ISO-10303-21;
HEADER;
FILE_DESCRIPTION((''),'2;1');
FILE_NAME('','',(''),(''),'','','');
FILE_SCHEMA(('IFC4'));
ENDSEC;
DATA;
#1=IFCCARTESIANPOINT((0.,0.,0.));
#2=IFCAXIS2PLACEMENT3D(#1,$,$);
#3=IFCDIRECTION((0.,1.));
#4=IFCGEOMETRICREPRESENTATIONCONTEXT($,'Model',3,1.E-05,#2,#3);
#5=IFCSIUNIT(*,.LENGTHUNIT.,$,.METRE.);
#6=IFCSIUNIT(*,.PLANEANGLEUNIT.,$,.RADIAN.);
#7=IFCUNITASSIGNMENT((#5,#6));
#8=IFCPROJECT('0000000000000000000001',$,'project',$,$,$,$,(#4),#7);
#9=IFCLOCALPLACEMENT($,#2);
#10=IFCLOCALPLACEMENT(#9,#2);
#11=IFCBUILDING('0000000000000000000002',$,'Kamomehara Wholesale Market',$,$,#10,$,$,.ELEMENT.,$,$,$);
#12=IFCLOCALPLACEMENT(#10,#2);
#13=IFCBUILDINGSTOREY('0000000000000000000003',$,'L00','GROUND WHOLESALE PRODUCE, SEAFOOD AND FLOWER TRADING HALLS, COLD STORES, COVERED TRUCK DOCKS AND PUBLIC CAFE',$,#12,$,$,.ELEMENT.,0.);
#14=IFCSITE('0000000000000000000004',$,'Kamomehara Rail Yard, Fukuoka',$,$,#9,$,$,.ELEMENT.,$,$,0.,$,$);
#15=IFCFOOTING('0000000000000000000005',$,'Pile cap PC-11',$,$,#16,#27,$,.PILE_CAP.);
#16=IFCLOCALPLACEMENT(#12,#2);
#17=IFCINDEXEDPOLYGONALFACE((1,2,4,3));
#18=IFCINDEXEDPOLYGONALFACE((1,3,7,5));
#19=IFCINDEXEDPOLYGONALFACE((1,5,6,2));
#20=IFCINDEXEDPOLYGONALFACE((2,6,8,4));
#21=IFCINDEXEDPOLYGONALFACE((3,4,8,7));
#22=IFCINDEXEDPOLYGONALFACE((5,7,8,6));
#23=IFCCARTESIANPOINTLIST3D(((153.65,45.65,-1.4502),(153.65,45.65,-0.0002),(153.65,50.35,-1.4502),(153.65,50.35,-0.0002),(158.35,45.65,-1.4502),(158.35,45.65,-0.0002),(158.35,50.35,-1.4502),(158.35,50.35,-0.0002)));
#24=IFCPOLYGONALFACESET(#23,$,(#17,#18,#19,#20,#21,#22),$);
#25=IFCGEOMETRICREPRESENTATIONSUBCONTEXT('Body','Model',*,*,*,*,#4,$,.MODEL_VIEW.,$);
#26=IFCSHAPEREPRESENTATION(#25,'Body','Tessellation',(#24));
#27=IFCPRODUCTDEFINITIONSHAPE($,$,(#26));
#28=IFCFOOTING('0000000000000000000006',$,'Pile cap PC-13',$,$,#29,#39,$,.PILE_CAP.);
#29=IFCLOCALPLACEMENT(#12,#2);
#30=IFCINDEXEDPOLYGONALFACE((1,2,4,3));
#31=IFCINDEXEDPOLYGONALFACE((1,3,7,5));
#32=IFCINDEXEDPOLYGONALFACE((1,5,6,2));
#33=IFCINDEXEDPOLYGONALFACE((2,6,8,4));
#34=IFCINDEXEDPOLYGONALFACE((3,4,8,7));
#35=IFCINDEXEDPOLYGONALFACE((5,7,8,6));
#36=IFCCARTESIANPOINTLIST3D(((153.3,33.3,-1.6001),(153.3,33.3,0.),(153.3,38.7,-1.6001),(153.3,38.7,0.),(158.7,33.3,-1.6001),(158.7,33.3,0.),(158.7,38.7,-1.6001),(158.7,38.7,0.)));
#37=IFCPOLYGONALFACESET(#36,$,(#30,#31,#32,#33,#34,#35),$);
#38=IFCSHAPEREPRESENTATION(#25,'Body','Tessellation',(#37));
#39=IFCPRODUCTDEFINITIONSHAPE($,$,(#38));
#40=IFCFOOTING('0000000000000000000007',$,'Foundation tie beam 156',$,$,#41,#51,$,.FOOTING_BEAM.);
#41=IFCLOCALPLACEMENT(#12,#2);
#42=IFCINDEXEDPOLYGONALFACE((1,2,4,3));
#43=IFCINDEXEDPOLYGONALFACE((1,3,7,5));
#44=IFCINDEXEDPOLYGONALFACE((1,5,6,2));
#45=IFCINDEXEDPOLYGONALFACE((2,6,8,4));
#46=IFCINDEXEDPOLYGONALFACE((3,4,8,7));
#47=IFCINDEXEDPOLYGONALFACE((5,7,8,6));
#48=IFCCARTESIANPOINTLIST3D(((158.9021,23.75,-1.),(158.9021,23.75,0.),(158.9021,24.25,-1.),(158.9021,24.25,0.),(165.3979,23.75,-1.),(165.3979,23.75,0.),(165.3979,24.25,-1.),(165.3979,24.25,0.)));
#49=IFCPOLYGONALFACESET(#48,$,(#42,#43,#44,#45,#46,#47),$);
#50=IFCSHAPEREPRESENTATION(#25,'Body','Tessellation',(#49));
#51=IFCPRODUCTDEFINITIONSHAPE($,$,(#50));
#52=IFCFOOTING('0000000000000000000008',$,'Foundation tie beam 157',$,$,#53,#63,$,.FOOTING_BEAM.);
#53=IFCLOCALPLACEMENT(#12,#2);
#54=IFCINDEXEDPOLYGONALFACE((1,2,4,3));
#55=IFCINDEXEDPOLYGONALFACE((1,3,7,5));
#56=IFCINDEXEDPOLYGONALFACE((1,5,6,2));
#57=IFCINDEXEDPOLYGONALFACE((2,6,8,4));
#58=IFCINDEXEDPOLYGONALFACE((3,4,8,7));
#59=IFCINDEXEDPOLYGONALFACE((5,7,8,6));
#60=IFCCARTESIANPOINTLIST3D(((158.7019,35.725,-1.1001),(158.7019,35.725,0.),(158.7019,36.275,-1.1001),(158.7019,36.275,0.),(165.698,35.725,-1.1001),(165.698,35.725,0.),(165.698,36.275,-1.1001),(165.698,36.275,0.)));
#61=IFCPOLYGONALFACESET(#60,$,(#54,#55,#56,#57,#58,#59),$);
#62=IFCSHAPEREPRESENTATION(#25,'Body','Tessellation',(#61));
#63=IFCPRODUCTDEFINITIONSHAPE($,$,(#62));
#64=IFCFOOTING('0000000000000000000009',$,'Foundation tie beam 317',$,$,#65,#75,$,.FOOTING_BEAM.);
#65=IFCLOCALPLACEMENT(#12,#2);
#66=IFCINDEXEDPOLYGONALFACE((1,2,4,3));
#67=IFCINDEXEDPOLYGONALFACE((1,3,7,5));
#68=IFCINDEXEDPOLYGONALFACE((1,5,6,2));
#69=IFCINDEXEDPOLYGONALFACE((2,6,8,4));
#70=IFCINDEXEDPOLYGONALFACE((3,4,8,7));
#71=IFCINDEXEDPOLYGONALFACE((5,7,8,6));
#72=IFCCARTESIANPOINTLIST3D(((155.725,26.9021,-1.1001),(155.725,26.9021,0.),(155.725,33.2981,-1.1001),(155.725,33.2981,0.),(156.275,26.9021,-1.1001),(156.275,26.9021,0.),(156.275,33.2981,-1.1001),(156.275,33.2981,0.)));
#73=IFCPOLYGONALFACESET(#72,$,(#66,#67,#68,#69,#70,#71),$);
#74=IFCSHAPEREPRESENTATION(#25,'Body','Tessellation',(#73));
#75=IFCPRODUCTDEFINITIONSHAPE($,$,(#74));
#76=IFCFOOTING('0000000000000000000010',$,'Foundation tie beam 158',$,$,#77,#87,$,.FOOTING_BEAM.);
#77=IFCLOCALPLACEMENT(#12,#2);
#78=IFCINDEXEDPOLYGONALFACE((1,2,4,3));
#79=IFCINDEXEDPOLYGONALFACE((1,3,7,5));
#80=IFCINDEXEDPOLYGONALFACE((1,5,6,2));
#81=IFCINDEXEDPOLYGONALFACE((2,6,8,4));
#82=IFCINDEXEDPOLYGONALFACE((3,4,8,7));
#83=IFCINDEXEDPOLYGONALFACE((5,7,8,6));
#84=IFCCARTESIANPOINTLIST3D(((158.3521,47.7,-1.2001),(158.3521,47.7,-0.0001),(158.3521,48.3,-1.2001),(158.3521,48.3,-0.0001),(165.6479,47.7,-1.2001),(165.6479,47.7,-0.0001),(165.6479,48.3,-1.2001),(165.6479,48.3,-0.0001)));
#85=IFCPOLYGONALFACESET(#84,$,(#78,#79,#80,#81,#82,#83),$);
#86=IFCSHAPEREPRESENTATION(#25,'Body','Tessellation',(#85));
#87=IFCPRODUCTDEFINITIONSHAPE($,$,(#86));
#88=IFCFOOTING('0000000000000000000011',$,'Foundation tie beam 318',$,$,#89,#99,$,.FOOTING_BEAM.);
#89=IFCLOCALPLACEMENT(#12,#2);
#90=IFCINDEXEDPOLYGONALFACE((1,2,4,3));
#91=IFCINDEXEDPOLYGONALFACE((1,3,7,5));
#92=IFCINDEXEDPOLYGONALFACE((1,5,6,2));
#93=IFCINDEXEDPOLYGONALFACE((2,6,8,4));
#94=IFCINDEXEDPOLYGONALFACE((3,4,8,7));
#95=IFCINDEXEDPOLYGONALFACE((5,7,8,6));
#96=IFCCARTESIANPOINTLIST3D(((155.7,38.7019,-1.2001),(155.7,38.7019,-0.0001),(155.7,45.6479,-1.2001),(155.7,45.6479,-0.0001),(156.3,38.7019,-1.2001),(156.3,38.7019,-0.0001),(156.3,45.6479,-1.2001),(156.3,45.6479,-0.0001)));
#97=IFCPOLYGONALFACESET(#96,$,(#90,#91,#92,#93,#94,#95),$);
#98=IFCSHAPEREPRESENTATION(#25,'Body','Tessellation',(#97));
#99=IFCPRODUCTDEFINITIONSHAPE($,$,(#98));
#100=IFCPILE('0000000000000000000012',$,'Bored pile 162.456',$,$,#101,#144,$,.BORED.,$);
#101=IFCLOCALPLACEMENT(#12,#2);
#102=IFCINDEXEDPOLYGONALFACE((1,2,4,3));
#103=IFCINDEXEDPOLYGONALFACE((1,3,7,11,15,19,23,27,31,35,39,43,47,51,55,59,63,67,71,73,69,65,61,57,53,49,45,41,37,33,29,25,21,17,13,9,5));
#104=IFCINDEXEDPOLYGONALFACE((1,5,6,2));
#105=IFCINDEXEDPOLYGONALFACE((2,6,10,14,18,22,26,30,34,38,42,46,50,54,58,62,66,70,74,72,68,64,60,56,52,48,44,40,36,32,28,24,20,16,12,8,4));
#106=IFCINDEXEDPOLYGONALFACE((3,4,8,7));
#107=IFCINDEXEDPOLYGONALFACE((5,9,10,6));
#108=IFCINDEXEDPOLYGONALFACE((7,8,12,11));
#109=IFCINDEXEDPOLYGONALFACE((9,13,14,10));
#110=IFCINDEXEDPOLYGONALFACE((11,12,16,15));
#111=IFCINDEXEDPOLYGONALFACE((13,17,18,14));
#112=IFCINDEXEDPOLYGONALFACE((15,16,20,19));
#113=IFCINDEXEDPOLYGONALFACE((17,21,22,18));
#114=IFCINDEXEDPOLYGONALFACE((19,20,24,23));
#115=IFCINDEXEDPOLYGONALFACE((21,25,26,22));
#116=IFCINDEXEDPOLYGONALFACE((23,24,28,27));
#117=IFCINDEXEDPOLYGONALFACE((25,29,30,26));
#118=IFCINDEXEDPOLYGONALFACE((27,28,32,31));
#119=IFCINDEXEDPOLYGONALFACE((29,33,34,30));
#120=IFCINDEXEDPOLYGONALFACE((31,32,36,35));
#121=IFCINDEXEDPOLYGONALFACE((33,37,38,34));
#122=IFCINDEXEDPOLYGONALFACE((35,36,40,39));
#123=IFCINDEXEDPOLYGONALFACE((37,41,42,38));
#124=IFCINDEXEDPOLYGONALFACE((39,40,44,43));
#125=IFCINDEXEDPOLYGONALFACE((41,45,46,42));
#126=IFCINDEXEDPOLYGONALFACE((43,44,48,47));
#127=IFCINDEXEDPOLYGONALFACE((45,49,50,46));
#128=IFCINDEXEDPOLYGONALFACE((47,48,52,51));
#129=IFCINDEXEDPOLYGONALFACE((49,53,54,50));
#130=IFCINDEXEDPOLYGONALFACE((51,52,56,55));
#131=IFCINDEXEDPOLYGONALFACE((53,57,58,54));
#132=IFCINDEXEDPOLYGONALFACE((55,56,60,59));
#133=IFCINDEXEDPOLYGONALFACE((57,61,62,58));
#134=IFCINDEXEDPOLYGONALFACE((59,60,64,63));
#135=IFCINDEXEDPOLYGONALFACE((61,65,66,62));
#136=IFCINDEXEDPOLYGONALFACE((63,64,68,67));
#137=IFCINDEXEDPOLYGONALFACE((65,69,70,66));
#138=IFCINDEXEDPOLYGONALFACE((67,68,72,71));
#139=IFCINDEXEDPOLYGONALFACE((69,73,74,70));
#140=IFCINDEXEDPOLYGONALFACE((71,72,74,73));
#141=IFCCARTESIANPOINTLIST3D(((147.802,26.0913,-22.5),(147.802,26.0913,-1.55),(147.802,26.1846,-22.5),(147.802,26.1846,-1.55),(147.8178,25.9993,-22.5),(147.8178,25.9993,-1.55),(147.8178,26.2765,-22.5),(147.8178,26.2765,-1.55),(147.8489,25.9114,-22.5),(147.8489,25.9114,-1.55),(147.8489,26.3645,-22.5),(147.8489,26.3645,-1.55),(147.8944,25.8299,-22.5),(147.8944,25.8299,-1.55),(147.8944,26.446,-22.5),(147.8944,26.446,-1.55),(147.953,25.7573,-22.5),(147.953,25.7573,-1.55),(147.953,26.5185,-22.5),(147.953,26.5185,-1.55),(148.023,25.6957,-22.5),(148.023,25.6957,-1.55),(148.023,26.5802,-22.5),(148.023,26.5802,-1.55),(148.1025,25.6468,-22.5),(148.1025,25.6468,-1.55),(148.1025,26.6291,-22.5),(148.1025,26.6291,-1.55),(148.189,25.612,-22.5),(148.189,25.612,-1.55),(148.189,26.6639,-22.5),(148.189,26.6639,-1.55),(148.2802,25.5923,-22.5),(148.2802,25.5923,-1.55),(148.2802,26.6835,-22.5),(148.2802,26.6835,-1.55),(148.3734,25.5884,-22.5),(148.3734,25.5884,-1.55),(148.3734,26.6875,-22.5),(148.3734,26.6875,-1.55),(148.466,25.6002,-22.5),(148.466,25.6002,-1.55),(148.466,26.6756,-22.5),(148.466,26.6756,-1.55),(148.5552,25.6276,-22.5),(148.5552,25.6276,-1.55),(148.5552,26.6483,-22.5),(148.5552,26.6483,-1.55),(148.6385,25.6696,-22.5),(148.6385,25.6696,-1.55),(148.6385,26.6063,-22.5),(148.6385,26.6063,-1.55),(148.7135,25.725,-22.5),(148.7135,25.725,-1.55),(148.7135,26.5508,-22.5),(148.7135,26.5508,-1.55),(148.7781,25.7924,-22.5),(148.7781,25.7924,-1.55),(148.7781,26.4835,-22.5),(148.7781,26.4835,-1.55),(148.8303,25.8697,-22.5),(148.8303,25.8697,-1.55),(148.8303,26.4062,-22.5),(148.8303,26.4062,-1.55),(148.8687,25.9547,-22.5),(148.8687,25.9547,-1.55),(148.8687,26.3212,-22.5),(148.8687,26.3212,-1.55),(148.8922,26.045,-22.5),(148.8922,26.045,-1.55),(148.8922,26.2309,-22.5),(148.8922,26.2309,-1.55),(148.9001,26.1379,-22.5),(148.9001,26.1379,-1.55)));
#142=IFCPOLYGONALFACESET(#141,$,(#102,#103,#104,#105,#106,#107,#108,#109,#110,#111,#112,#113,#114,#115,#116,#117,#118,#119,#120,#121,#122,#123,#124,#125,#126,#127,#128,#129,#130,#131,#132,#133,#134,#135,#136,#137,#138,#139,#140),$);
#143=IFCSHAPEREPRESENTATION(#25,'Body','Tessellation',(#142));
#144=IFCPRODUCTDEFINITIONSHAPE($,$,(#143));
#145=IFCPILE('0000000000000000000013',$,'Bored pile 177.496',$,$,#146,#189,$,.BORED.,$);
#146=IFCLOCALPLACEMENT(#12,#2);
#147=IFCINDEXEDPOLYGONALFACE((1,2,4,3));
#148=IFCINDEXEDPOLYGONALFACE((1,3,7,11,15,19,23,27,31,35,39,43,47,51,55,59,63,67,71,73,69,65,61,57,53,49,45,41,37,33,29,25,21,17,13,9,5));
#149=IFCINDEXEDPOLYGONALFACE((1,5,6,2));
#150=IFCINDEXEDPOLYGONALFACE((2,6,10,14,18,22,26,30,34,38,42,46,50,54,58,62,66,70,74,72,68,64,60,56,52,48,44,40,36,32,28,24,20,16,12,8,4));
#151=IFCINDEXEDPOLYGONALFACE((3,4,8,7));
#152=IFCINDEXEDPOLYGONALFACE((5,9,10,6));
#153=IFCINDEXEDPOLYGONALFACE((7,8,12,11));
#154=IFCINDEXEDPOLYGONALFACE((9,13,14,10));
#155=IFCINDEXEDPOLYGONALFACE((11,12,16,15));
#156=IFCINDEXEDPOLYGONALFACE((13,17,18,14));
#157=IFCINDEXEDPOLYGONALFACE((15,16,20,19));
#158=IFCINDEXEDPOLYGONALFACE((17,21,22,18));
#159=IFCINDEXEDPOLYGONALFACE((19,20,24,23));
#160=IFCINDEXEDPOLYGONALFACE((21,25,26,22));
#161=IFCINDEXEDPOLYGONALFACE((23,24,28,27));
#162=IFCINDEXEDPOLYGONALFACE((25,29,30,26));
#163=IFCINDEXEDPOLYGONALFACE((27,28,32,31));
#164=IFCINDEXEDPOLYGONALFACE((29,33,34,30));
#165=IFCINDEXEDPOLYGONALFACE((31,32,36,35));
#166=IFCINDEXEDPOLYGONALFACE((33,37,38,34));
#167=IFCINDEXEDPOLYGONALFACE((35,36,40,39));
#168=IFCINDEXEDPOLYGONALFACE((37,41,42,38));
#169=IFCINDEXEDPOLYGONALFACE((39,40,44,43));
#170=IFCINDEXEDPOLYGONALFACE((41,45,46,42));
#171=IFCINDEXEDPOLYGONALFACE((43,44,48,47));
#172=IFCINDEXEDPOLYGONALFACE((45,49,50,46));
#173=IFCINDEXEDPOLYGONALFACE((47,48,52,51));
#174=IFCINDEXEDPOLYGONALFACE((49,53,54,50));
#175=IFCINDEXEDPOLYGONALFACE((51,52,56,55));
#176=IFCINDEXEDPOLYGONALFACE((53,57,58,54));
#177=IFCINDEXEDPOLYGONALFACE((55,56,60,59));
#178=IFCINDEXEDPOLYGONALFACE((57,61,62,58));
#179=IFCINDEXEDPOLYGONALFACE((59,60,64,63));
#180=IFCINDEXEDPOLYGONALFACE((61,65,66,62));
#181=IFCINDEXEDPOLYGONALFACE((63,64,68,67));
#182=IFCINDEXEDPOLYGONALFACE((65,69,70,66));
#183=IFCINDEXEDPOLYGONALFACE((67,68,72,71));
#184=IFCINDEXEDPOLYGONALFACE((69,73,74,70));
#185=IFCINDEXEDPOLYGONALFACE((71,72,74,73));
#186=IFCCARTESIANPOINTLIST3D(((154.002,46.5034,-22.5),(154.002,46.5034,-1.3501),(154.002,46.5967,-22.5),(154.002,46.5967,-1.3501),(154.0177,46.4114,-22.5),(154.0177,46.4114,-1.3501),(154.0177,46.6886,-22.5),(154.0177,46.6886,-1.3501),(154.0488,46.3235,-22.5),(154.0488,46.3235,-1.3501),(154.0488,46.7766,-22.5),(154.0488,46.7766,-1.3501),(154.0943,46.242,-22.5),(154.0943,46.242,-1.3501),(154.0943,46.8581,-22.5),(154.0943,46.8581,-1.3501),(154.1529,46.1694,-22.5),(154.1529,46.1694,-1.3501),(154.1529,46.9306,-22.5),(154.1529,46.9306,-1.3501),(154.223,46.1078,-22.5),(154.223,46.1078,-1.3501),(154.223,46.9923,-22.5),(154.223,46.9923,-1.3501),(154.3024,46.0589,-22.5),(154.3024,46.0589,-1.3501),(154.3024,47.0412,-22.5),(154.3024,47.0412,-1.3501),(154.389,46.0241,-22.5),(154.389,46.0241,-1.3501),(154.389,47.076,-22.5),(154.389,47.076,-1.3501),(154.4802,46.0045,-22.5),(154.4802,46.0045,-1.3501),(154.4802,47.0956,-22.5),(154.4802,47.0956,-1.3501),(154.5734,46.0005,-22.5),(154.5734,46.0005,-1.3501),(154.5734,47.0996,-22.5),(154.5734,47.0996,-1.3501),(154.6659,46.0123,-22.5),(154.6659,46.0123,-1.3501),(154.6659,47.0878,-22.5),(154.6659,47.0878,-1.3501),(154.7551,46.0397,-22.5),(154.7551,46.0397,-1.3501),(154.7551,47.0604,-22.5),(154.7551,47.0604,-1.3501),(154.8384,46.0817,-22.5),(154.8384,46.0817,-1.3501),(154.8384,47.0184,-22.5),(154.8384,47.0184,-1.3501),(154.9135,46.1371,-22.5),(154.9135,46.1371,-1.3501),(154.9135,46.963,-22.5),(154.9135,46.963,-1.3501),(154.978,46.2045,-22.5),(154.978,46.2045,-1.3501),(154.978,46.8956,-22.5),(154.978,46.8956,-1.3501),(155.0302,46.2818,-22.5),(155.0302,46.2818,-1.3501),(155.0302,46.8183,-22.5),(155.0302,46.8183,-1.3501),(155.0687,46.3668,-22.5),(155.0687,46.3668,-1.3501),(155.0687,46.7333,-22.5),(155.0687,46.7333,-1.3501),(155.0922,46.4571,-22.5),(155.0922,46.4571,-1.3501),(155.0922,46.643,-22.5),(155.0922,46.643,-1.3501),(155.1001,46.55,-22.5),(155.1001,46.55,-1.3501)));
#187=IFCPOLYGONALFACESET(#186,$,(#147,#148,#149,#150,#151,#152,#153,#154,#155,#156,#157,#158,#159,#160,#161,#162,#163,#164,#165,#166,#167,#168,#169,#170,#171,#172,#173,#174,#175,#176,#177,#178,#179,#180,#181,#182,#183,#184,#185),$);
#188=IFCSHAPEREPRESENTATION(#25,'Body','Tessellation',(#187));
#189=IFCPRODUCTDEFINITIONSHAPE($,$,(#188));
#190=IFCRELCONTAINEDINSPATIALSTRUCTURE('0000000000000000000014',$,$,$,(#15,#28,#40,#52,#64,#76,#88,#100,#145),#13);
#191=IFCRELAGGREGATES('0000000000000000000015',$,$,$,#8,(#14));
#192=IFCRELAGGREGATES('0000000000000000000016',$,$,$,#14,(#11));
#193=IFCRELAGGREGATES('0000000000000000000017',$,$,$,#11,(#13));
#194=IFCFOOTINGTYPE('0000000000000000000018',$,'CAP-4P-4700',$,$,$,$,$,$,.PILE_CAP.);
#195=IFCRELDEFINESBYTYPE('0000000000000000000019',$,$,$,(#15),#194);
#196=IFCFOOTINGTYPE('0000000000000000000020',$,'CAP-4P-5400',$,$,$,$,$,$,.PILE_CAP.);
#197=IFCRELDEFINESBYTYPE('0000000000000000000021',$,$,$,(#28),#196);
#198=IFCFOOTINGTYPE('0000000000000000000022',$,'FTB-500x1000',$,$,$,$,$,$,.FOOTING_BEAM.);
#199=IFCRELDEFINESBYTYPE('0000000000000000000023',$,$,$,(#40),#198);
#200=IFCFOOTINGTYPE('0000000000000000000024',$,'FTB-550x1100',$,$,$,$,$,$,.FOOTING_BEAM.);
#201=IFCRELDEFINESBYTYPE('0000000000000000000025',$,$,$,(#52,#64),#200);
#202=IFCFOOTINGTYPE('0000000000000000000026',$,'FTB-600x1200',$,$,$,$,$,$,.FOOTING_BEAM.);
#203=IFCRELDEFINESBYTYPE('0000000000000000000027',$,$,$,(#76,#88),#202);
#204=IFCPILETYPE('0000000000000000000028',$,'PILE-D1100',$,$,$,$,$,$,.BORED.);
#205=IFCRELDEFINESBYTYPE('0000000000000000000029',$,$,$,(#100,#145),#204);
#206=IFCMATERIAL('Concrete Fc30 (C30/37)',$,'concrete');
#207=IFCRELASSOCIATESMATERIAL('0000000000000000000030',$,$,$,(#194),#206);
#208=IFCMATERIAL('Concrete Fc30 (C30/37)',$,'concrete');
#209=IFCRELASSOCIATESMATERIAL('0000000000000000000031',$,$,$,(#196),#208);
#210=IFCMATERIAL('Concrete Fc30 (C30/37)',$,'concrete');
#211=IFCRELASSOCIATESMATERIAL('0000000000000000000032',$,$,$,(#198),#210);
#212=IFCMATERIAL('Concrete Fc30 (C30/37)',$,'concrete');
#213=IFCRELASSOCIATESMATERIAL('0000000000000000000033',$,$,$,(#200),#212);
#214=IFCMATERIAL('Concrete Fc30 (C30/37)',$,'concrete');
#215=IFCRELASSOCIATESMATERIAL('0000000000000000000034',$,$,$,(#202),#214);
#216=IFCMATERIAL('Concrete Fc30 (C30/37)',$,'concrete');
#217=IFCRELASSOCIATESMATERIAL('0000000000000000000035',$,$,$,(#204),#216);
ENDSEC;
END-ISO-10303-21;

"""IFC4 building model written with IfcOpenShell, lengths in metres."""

from ifc_helpers import new_model, si_unit, direction, frame, origin, origin_2d, place, context, subcontext, project, spatial, rectangle, circle, extrude, material, material_profile, profile_set, type_object, element, save


model = new_model("IFC4")

# Units and contexts
model_context = context("Model", 3, precision=1e-05, world=origin(), true_north=direction((0.0, 1.0)))
body_context = subcontext(model_context, "Body", "Model", "MODEL_VIEW")
ifc_project = project(units=[si_unit("LENGTHUNIT", "METRE"), si_unit("PLANEANGLEUNIT", "RADIAN")], contexts=[model_context])

# Site, building, storey
site_placement = place(None, origin())
site = spatial("IfcSite", under=ifc_project, at=site_placement, Name="Kamomehara Rail Yard, Fukuoka", CompositionType="ELEMENT", RefElevation=0.0)
building_placement = place(site_placement, origin())
building = spatial("IfcBuilding", under=site, at=building_placement, Name="Kamomehara Wholesale Market", CompositionType="ELEMENT")
storey_placement = place(building_placement, origin())
storey = spatial("IfcBuildingStorey", under=building, at=storey_placement, Name="L00", Description="GROUND WHOLESALE PRODUCE, SEAFOOD AND FLOWER TRADING HALLS, COLD STORES, COVERED TRUCK DOCKS AND PUBLIC CAFE", CompositionType="ELEMENT", Elevation=0.0)

# Footings
ifc_material_1 = material(Name="Concrete Fc30 (C30/37)", Category="concrete")
footing_type_1 = type_object("IfcFootingType", Name="CAP-4P-4700", PredefinedType="PILE_CAP", material=ifc_material_1)
footing_1_placement = place(storey_placement, frame((156.0, 48.0, -1.4502), z_axis=(0.0, 0.0, 1.0), x_axis=(1.0, 0.0, 0.0)))
element("IfcFooting", 1, at=footing_1_placement, inside=storey, type_object=footing_type_1, Name="Pile cap PC-11", PredefinedType="PILE_CAP", context=body_context, shape_type="SweptSolid", body=[
    extrude(rectangle(XDim=4.7, YDim=4.7, at=origin_2d()), origin(), (0.0, 0.0, 1.0), 1.45),
])
ifc_material_2 = material(Name="Concrete Fc30 (C30/37)", Category="concrete")
footing_type_2 = type_object("IfcFootingType", Name="CAP-4P-5400", PredefinedType="PILE_CAP", material=ifc_material_2)
footing_2_placement = place(storey_placement, frame((156.0, 36.0, -1.6001), z_axis=(0.0, 0.0, 1.0), x_axis=(1.0, 0.0, 0.0)))
element("IfcFooting", 2, at=footing_2_placement, inside=storey, type_object=footing_type_2, Name="Pile cap PC-13", PredefinedType="PILE_CAP", context=body_context, shape_type="SweptSolid", body=[
    extrude(rectangle(XDim=5.3999, YDim=5.3999, at=origin_2d()), origin(), (0.0, 0.0, 1.0), 1.6001),
])
ifc_material_3 = material(Name="Concrete Fc30 (C30/37)", Category="concrete")
ifc_material_profile_1 = material_profile(ifc_material_3, rectangle(XDim=0.5, YDim=1.0, at=origin_2d()), Name="RC-FTB-500x1000")
ifc_profile_set_1 = profile_set([ifc_material_profile_1], Name="Concrete Fc30 (C30/37)")
footing_type_3 = type_object("IfcFootingType", Name="FTB-500x1000", PredefinedType="FOOTING_BEAM", material=ifc_profile_set_1)
footing_3_placement = place(storey_placement, frame((158.9021, 24.0, -0.5), z_axis=(1.0, 0.0, 0.0), x_axis=(0.0, 1.0, 0.0)))
element("IfcFooting", 3, at=footing_3_placement, inside=storey, type_object=footing_type_3, Name="Foundation tie beam 156", PredefinedType="FOOTING_BEAM", context=body_context, shape_type="SweptSolid", body=[
    extrude(rectangle(XDim=0.5, YDim=1.0, at=origin_2d()), origin(), (0.0, 0.0, 1.0), 6.4958),
])
ifc_material_4 = material(Name="Concrete Fc30 (C30/37)", Category="concrete")
ifc_material_profile_2 = material_profile(ifc_material_4, rectangle(XDim=0.55, YDim=1.1001, at=origin_2d()), Name="RC-FTB-550x1100")
ifc_profile_set_2 = profile_set([ifc_material_profile_2], Name="Concrete Fc30 (C30/37)")
footing_type_4 = type_object("IfcFootingType", Name="FTB-550x1100", PredefinedType="FOOTING_BEAM", material=ifc_profile_set_2)
footing_4_placement = place(storey_placement, frame((158.7019, 36.0, -0.55), z_axis=(1.0, 0.0, 0.0), x_axis=(0.0, 1.0, 0.0)))
element("IfcFooting", 4, at=footing_4_placement, inside=storey, type_object=footing_type_4, Name="Foundation tie beam 157", PredefinedType="FOOTING_BEAM", context=body_context, shape_type="SweptSolid", body=[
    extrude(rectangle(XDim=0.55, YDim=1.1001, at=origin_2d()), origin(), (0.0, 0.0, 1.0), 6.9961),
])
footing_5_placement = place(storey_placement, frame((156.0, 26.9021, -0.55), z_axis=(0.0, 1.0, 0.0), x_axis=(-1.0, 0.0, 0.0)))
element("IfcFooting", 5, at=footing_5_placement, inside=storey, type_object=footing_type_4, Name="Foundation tie beam 317", PredefinedType="FOOTING_BEAM", context=body_context, shape_type="SweptSolid", body=[
    extrude(rectangle(XDim=0.55, YDim=1.1001, at=origin_2d()), origin(), (0.0, 0.0, 1.0), 6.396),
])
ifc_material_5 = material(Name="Concrete Fc30 (C30/37)", Category="concrete")
ifc_material_profile_3 = material_profile(ifc_material_5, rectangle(XDim=0.6001, YDim=1.2, at=origin_2d()), Name="RC-FTB-600x1200")
ifc_profile_set_3 = profile_set([ifc_material_profile_3], Name="Concrete Fc30 (C30/37)")
footing_type_5 = type_object("IfcFootingType", Name="FTB-600x1200", PredefinedType="FOOTING_BEAM", material=ifc_profile_set_3)
footing_6_placement = place(storey_placement, frame((158.3521, 48.0, -0.6001), z_axis=(1.0, 0.0, 0.0), x_axis=(0.0, 1.0, 0.0)))
element("IfcFooting", 6, at=footing_6_placement, inside=storey, type_object=footing_type_5, Name="Foundation tie beam 158", PredefinedType="FOOTING_BEAM", context=body_context, shape_type="SweptSolid", body=[
    extrude(rectangle(XDim=0.6001, YDim=1.2, at=origin_2d()), origin(), (0.0, 0.0, 1.0), 7.2959),
])
footing_7_placement = place(storey_placement, frame((156.0, 38.7019, -0.6001), z_axis=(0.0, 1.0, 0.0), x_axis=(-1.0, 0.0, 0.0)))
element("IfcFooting", 7, at=footing_7_placement, inside=storey, type_object=footing_type_5, Name="Foundation tie beam 318", PredefinedType="FOOTING_BEAM", context=body_context, shape_type="SweptSolid", body=[
    extrude(rectangle(XDim=0.6001, YDim=1.2, at=origin_2d()), origin(), (0.0, 0.0, 1.0), 6.946),
])

# Piles
ifc_material_6 = material(Name="Concrete Fc30 (C30/37)", Category="concrete")
ifc_material_profile_4 = material_profile(ifc_material_6, circle(Radius=0.55, at=origin_2d()), Name="RC-PILE-D1100")
ifc_profile_set_4 = profile_set([ifc_material_profile_4], Name="Concrete Fc30 (C30/37)")
pile_type_1 = type_object("IfcPileType", Name="PILE-D1100", PredefinedType="BORED", material=ifc_profile_set_4)
pile_placement = place(storey_placement, frame((148.3501, 26.1379, -1.55), z_axis=(0.0, 0.0, -1.0), x_axis=(1.0, 0.0, 0.0)))
element("IfcPile", 8, at=pile_placement, inside=storey, type_object=pile_type_1, Name="Bored pile 162.456", PredefinedType="BORED", context=body_context, shape_type="SweptSolid", body=[
    extrude(circle(Radius=0.55, at=origin_2d()), origin(), (0.0, 0.0, 1.0), 20.95),
])
for number, where, z_axis, x_axis, name in (
    (9, (154.55, 46.55, -1.3501), (0.0, 0.0, -1.0), (1.0, 0.0, 0.0), "Bored pile 177.496"),
):
    element("IfcPile", number, at=place(storey_placement, frame(where, z_axis=z_axis, x_axis=x_axis)), inside=storey, type_object=pile_type_1, Name=name, PredefinedType="BORED", context=body_context, shape_type="SweptSolid", body=[
        extrude(circle(Radius=0.55, at=origin_2d()), origin(), (0.0, 0.0, 1.0), 21.1499),
    ])

save(model, "model.ifc")
